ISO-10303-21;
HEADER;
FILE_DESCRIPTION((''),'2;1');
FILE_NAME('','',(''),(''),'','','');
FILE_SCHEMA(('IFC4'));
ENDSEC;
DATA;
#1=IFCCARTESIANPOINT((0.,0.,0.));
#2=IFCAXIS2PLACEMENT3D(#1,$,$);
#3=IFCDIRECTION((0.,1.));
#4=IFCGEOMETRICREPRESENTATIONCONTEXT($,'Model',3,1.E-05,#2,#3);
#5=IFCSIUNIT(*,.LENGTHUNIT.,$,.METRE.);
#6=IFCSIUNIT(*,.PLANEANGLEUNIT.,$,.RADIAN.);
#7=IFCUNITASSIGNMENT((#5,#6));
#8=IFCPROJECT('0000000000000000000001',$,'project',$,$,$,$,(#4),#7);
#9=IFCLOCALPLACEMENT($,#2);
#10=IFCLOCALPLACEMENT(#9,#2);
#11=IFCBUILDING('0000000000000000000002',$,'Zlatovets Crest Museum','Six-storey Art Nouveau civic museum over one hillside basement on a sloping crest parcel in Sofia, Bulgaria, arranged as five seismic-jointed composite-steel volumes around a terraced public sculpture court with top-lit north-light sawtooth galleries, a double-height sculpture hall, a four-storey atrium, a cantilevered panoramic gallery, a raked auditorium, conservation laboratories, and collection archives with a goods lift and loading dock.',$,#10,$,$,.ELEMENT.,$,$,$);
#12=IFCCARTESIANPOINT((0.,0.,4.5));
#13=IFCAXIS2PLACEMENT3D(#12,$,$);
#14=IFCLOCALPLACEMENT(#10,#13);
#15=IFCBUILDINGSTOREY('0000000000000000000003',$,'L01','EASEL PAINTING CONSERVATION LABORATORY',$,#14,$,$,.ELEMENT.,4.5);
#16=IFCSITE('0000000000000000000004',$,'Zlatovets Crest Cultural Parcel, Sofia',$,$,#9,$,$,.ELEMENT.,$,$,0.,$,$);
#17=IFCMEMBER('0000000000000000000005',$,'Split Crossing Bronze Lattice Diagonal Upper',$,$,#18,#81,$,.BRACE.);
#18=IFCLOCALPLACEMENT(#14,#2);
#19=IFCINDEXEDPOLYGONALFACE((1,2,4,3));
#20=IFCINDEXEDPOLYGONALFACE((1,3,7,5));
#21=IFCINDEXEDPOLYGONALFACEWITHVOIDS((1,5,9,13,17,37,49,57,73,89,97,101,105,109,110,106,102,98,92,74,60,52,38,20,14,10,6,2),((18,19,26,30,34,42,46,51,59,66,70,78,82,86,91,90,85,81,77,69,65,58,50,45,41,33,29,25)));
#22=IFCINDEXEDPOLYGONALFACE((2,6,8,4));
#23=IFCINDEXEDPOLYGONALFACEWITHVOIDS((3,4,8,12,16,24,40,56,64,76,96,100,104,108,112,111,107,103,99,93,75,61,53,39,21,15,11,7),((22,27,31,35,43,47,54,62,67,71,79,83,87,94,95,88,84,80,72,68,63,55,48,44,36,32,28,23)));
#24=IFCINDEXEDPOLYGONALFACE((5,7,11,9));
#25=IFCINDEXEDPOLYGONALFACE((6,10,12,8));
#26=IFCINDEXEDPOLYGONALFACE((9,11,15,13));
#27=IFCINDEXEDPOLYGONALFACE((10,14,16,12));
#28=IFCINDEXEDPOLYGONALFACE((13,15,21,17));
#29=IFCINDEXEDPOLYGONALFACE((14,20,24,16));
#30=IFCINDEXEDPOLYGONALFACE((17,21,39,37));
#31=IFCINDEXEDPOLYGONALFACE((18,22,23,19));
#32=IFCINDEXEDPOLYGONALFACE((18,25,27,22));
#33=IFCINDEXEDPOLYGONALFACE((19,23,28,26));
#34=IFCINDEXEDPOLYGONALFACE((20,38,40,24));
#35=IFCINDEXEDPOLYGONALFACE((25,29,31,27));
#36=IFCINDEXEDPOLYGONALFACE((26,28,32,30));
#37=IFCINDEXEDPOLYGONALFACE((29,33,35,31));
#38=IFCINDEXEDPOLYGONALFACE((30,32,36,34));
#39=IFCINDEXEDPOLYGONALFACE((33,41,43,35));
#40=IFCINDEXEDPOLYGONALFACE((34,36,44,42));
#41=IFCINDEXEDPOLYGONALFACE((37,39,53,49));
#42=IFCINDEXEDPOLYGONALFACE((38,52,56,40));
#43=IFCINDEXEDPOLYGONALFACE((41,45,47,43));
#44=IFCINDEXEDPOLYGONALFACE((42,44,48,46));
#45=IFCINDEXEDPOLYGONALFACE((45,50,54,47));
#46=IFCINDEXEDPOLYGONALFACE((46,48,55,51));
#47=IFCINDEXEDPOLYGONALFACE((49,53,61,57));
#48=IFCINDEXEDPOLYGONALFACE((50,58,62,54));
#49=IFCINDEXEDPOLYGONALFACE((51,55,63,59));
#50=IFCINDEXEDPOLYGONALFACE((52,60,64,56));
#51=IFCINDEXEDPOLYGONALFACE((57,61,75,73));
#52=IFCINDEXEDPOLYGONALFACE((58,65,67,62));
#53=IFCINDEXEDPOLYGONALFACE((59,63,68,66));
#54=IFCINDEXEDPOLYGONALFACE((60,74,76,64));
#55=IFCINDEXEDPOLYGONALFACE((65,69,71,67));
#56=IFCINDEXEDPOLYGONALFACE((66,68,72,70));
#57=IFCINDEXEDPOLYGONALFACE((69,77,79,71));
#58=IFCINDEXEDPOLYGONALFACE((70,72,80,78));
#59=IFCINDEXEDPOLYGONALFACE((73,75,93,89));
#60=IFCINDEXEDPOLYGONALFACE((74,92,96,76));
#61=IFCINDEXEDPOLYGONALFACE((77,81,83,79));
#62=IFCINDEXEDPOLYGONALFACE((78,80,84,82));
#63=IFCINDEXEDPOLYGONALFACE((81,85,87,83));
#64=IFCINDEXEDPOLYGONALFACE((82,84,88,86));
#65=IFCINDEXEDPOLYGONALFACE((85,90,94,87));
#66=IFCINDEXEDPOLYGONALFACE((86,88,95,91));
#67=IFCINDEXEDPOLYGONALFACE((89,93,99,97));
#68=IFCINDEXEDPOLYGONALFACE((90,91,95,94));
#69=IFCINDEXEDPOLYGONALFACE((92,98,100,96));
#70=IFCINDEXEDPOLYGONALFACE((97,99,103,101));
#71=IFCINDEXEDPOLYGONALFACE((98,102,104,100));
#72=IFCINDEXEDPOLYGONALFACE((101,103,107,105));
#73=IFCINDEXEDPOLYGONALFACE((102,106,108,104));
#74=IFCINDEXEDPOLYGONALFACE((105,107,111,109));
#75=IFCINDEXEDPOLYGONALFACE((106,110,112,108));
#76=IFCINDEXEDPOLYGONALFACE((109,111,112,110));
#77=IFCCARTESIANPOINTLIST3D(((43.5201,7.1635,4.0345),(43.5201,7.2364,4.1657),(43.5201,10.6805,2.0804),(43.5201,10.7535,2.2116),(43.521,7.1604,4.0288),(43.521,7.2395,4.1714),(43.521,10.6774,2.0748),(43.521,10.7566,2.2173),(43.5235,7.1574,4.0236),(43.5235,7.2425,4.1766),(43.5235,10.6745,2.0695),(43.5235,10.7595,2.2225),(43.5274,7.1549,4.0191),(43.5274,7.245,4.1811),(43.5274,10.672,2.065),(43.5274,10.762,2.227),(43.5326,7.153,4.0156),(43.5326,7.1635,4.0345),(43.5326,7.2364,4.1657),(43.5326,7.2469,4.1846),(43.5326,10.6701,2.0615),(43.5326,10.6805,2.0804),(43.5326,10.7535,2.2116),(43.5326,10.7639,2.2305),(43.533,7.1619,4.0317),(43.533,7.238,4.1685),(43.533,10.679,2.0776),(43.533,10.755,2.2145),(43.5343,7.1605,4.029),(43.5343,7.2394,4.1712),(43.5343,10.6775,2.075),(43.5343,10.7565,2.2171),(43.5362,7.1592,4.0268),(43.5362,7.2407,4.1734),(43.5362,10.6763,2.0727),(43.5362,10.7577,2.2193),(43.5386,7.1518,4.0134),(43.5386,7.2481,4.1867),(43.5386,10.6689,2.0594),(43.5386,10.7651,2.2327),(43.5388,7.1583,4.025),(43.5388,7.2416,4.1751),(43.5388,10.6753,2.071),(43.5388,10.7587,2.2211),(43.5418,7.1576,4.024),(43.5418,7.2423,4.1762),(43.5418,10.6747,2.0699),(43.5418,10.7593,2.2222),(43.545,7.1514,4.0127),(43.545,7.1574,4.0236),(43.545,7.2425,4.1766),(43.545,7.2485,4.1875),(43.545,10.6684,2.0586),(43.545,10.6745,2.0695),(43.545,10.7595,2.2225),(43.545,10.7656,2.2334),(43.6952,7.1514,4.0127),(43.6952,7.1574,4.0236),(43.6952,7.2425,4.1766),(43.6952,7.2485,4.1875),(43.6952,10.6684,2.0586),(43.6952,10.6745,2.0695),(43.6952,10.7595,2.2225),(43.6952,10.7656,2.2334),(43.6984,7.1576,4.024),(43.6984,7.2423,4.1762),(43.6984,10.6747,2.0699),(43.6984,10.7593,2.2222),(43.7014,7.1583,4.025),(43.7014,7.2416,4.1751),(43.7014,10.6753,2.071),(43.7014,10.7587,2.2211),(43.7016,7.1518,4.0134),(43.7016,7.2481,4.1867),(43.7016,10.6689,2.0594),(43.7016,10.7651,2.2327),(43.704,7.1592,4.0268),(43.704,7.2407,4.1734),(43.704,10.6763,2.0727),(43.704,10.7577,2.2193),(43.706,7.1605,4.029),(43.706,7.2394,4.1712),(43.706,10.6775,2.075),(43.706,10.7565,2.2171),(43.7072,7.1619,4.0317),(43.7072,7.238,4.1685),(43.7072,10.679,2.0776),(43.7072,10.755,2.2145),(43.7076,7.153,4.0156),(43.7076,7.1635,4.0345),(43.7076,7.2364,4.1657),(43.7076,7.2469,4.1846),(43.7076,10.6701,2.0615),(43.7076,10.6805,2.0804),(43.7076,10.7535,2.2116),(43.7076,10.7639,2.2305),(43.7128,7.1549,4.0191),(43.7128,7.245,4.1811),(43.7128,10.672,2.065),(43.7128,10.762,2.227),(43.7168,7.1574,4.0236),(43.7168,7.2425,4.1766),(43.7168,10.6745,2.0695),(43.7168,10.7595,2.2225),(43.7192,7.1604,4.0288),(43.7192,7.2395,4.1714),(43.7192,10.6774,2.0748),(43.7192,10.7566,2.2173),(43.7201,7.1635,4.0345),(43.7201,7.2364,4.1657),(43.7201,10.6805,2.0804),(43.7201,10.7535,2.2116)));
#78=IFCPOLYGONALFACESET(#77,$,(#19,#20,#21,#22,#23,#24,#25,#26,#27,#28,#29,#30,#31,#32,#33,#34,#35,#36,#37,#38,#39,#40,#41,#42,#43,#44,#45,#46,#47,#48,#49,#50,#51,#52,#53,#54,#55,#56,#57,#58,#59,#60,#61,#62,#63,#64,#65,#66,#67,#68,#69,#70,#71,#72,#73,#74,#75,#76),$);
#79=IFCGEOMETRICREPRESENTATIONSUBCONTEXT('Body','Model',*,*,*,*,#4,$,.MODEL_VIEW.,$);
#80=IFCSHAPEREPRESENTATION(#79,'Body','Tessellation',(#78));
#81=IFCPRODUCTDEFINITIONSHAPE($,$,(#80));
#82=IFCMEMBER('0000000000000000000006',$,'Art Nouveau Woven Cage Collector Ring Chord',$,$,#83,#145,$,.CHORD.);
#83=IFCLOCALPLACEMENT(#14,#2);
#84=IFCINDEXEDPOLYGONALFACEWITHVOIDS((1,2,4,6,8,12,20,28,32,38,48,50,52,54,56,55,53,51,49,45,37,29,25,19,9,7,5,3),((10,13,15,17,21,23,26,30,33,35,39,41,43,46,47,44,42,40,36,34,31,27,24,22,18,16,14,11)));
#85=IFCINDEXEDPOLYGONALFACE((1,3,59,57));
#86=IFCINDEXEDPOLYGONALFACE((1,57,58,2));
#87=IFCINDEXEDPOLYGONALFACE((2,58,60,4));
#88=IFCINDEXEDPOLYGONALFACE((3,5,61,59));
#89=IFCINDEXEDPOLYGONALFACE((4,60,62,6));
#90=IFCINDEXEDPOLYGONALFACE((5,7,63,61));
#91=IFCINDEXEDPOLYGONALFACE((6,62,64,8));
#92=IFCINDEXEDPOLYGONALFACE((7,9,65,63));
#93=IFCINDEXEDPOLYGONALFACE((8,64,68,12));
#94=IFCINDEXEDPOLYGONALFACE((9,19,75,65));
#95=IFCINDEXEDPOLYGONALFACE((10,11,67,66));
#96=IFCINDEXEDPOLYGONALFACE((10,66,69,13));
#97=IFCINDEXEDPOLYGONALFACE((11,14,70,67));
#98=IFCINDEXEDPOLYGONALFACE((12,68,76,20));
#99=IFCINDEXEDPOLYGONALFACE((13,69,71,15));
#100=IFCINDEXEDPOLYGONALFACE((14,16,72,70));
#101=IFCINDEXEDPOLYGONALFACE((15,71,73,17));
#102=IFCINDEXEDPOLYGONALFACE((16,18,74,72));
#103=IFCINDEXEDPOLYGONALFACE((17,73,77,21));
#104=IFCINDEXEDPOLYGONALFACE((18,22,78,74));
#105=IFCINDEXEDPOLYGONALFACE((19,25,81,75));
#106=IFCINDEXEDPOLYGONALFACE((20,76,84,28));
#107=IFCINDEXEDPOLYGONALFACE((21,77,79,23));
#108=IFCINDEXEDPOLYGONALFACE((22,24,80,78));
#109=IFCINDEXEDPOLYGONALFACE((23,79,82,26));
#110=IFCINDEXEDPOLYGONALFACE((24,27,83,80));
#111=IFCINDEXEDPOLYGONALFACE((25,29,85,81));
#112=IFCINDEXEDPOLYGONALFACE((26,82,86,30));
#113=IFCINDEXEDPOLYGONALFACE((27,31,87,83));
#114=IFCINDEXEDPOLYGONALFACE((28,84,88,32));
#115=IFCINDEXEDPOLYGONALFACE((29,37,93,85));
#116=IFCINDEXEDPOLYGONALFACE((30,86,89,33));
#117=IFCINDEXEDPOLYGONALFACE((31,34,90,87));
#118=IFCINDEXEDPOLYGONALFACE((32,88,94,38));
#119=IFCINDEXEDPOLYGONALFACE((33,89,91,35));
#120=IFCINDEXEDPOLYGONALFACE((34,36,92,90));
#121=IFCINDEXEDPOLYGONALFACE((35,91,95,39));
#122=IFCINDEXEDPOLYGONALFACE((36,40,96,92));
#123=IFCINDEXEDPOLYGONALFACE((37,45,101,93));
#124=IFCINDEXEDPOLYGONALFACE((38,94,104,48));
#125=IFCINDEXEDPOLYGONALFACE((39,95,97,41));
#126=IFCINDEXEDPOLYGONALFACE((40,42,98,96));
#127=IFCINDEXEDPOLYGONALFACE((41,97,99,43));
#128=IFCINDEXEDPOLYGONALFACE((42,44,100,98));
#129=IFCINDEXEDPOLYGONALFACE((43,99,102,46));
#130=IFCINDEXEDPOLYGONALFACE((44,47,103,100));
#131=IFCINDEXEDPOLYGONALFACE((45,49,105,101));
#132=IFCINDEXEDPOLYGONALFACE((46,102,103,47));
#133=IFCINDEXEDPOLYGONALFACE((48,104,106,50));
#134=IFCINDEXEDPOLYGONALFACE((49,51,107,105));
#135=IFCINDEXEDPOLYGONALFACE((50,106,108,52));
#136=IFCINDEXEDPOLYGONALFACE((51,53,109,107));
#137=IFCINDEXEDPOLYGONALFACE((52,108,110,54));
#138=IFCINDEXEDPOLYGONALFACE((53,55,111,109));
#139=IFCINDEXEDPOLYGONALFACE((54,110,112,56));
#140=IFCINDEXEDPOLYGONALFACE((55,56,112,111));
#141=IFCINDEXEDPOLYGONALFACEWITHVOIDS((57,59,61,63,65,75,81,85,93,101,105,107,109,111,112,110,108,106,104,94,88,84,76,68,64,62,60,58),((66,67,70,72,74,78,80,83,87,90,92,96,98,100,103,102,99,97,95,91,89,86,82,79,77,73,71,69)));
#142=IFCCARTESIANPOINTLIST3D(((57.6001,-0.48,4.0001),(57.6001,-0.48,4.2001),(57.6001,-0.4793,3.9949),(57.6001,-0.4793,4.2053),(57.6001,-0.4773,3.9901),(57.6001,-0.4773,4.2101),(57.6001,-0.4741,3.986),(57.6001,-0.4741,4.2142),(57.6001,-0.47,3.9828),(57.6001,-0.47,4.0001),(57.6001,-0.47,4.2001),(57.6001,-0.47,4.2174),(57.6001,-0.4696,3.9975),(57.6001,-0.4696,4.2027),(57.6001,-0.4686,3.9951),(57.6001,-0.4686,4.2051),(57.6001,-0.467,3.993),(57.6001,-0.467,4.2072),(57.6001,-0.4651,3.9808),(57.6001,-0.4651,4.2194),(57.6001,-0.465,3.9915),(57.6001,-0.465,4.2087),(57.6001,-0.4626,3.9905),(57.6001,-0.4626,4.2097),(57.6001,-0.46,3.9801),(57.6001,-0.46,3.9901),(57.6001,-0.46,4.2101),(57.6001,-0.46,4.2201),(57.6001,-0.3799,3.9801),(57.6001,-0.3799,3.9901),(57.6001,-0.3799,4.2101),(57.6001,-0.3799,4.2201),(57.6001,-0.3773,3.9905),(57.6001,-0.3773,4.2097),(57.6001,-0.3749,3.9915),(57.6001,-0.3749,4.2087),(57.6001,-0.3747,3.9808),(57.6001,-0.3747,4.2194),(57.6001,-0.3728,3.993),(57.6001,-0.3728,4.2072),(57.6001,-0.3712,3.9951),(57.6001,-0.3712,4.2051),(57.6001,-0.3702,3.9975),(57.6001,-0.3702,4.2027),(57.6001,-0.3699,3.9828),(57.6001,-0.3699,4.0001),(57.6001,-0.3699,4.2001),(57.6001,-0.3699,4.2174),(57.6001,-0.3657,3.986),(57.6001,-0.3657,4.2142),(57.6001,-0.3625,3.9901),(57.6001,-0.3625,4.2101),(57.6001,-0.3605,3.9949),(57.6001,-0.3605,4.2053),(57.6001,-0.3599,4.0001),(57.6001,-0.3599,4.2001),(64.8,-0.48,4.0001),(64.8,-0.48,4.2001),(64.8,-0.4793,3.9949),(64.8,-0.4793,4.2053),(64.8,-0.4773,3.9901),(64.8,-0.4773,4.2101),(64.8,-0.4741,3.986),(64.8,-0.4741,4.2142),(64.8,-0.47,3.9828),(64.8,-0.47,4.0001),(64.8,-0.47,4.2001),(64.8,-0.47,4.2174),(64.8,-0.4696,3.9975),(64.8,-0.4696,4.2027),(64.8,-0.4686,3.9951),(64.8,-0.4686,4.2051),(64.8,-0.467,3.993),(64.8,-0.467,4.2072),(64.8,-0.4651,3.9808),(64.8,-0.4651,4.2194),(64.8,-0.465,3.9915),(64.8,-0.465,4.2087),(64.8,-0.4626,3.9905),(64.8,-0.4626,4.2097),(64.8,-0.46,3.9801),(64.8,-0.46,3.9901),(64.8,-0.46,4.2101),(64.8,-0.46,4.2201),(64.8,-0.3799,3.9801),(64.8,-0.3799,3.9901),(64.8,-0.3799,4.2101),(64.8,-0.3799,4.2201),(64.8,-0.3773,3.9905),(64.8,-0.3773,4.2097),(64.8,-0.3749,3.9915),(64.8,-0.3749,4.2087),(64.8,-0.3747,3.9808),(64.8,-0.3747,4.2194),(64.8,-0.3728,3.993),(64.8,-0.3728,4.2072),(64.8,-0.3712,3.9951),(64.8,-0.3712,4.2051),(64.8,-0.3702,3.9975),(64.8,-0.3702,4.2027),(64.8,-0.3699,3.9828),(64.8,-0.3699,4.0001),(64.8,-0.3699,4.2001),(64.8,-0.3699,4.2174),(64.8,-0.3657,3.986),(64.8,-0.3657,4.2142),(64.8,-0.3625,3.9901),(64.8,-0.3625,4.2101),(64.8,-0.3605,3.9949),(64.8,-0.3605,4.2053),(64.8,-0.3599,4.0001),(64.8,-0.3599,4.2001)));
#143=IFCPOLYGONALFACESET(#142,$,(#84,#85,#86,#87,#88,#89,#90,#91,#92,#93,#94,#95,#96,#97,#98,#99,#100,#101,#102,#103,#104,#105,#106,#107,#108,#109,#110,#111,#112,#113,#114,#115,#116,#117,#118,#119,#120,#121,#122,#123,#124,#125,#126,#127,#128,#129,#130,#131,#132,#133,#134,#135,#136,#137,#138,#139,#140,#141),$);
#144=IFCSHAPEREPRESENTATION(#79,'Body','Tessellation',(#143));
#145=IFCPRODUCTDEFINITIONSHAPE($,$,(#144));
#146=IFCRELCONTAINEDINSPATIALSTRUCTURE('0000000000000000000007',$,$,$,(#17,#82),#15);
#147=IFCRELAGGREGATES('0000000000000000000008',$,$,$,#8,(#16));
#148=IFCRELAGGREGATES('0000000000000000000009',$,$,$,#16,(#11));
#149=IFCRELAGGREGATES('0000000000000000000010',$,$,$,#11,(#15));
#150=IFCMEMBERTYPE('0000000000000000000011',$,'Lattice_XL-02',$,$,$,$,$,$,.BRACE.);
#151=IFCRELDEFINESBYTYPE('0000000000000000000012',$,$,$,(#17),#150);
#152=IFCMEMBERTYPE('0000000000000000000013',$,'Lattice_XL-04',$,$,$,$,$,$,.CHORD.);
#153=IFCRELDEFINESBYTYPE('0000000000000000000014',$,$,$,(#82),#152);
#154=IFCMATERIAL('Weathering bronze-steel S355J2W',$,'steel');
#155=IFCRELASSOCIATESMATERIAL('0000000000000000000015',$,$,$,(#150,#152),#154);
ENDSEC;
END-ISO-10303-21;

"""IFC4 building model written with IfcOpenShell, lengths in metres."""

from ifc_helpers import new_model, si_unit, direction, frame, origin, origin_2d, place, context, subcontext, project, spatial, hollow_rectangle, extrude, material, material_profile, profile_set, type_object, element, save


model = new_model("IFC4")

# Units and contexts
model_context = context("Model", 3, precision=1e-05, world=origin(), true_north=direction((0.0, 1.0)))
body_context = subcontext(model_context, "Body", "Model", "MODEL_VIEW")
ifc_project = project(units=[si_unit("LENGTHUNIT", "METRE"), si_unit("PLANEANGLEUNIT", "RADIAN")], contexts=[model_context])

# Site, building, storey
site_placement = place(None, origin())
site = spatial("IfcSite", under=ifc_project, at=site_placement, Name="Zlatovets Crest Cultural Parcel, Sofia", CompositionType="ELEMENT", RefElevation=0.0)
building_placement = place(site_placement, origin())
building = spatial("IfcBuilding", under=site, at=building_placement, Name="Zlatovets Crest Museum", Description="Six-storey Art Nouveau civic museum over one hillside basement on a sloping crest parcel in Sofia, Bulgaria, arranged as five seismic-jointed composite-steel volumes around a terraced public sculpture court with top-lit north-light sawtooth galleries, a double-height sculpture hall, a four-storey atrium, a cantilevered panoramic gallery, a raked auditorium, conservation laboratories, and collection archives with a goods lift and loading dock.", CompositionType="ELEMENT")
storey_placement = place(building_placement, frame((0.0, 0.0, 4.5)))
storey = spatial("IfcBuildingStorey", under=building, at=storey_placement, Name="L01", Description="EASEL PAINTING CONSERVATION LABORATORY", CompositionType="ELEMENT", Elevation=4.5)

# Members
ifc_material_1 = material(Name="Weathering bronze-steel S355J2W", Category="steel")
ifc_material_profile_1 = material_profile(ifc_material_1, hollow_rectangle(XDim=0.2, YDim=0.2, WallThickness=0.0125, InnerFilletRadius=0.0125, OuterFilletRadius=0.0249, at=origin_2d()), Name="SHS 200x200x12.5")
ifc_profile_set_1 = profile_set([ifc_material_profile_1], Name="Weathering bronze-steel S355J2W")
member_type_1 = type_object("IfcMemberType", Name="Lattice_XL-02", PredefinedType="BRACE", material=ifc_profile_set_1)
member_1_placement = place(storey_placement, frame((43.6201, 7.2, 4.1001), z_axis=(0.0, 0.87414, -0.485674), x_axis=(-1.0, 0.0, 0.0)))
element("IfcMember", 1, at=member_1_placement, inside=storey, type_object=member_type_1, Name="Split Crossing Bronze Lattice Diagonal Upper", PredefinedType="BRACE", context=body_context, shape_type="SweptSolid", body=[
    extrude(hollow_rectangle(XDim=0.2, YDim=0.2, WallThickness=0.0125, InnerFilletRadius=0.0125, OuterFilletRadius=0.0249, at=origin_2d()), origin(), (0.0, 0.0, 1.0), 4.0234),
])
ifc_material_profile_2 = material_profile(ifc_material_1, hollow_rectangle(XDim=0.1201, YDim=0.24, WallThickness=0.01, InnerFilletRadius=0.01, OuterFilletRadius=0.02, at=origin_2d()), Name="RHS 120x240x10.0")
ifc_profile_set_2 = profile_set([ifc_material_profile_2], Name="Weathering bronze-steel S355J2W")
member_type_2 = type_object("IfcMemberType", Name="Lattice_XL-04", PredefinedType="CHORD", material=ifc_profile_set_2)
for number, where, z_axis, x_axis, name in (
    (2, (57.6001, -0.4199, 4.1001), (1.0, 0.0, 0.0), (0.0, 1.0, 0.0), "Art Nouveau Woven Cage Collector Ring Chord"),
):
    element("IfcMember", number, at=place(storey_placement, frame(where, z_axis=z_axis, x_axis=x_axis)), inside=storey, type_object=member_type_2, Name=name, PredefinedType="CHORD", context=body_context, shape_type="SweptSolid", body=[
        extrude(hollow_rectangle(XDim=0.1201, YDim=0.24, WallThickness=0.01, InnerFilletRadius=0.01, OuterFilletRadius=0.02, at=origin_2d()), origin(), (0.0, 0.0, 1.0), 7.2),
    ])

save(model, "model.ifc")
